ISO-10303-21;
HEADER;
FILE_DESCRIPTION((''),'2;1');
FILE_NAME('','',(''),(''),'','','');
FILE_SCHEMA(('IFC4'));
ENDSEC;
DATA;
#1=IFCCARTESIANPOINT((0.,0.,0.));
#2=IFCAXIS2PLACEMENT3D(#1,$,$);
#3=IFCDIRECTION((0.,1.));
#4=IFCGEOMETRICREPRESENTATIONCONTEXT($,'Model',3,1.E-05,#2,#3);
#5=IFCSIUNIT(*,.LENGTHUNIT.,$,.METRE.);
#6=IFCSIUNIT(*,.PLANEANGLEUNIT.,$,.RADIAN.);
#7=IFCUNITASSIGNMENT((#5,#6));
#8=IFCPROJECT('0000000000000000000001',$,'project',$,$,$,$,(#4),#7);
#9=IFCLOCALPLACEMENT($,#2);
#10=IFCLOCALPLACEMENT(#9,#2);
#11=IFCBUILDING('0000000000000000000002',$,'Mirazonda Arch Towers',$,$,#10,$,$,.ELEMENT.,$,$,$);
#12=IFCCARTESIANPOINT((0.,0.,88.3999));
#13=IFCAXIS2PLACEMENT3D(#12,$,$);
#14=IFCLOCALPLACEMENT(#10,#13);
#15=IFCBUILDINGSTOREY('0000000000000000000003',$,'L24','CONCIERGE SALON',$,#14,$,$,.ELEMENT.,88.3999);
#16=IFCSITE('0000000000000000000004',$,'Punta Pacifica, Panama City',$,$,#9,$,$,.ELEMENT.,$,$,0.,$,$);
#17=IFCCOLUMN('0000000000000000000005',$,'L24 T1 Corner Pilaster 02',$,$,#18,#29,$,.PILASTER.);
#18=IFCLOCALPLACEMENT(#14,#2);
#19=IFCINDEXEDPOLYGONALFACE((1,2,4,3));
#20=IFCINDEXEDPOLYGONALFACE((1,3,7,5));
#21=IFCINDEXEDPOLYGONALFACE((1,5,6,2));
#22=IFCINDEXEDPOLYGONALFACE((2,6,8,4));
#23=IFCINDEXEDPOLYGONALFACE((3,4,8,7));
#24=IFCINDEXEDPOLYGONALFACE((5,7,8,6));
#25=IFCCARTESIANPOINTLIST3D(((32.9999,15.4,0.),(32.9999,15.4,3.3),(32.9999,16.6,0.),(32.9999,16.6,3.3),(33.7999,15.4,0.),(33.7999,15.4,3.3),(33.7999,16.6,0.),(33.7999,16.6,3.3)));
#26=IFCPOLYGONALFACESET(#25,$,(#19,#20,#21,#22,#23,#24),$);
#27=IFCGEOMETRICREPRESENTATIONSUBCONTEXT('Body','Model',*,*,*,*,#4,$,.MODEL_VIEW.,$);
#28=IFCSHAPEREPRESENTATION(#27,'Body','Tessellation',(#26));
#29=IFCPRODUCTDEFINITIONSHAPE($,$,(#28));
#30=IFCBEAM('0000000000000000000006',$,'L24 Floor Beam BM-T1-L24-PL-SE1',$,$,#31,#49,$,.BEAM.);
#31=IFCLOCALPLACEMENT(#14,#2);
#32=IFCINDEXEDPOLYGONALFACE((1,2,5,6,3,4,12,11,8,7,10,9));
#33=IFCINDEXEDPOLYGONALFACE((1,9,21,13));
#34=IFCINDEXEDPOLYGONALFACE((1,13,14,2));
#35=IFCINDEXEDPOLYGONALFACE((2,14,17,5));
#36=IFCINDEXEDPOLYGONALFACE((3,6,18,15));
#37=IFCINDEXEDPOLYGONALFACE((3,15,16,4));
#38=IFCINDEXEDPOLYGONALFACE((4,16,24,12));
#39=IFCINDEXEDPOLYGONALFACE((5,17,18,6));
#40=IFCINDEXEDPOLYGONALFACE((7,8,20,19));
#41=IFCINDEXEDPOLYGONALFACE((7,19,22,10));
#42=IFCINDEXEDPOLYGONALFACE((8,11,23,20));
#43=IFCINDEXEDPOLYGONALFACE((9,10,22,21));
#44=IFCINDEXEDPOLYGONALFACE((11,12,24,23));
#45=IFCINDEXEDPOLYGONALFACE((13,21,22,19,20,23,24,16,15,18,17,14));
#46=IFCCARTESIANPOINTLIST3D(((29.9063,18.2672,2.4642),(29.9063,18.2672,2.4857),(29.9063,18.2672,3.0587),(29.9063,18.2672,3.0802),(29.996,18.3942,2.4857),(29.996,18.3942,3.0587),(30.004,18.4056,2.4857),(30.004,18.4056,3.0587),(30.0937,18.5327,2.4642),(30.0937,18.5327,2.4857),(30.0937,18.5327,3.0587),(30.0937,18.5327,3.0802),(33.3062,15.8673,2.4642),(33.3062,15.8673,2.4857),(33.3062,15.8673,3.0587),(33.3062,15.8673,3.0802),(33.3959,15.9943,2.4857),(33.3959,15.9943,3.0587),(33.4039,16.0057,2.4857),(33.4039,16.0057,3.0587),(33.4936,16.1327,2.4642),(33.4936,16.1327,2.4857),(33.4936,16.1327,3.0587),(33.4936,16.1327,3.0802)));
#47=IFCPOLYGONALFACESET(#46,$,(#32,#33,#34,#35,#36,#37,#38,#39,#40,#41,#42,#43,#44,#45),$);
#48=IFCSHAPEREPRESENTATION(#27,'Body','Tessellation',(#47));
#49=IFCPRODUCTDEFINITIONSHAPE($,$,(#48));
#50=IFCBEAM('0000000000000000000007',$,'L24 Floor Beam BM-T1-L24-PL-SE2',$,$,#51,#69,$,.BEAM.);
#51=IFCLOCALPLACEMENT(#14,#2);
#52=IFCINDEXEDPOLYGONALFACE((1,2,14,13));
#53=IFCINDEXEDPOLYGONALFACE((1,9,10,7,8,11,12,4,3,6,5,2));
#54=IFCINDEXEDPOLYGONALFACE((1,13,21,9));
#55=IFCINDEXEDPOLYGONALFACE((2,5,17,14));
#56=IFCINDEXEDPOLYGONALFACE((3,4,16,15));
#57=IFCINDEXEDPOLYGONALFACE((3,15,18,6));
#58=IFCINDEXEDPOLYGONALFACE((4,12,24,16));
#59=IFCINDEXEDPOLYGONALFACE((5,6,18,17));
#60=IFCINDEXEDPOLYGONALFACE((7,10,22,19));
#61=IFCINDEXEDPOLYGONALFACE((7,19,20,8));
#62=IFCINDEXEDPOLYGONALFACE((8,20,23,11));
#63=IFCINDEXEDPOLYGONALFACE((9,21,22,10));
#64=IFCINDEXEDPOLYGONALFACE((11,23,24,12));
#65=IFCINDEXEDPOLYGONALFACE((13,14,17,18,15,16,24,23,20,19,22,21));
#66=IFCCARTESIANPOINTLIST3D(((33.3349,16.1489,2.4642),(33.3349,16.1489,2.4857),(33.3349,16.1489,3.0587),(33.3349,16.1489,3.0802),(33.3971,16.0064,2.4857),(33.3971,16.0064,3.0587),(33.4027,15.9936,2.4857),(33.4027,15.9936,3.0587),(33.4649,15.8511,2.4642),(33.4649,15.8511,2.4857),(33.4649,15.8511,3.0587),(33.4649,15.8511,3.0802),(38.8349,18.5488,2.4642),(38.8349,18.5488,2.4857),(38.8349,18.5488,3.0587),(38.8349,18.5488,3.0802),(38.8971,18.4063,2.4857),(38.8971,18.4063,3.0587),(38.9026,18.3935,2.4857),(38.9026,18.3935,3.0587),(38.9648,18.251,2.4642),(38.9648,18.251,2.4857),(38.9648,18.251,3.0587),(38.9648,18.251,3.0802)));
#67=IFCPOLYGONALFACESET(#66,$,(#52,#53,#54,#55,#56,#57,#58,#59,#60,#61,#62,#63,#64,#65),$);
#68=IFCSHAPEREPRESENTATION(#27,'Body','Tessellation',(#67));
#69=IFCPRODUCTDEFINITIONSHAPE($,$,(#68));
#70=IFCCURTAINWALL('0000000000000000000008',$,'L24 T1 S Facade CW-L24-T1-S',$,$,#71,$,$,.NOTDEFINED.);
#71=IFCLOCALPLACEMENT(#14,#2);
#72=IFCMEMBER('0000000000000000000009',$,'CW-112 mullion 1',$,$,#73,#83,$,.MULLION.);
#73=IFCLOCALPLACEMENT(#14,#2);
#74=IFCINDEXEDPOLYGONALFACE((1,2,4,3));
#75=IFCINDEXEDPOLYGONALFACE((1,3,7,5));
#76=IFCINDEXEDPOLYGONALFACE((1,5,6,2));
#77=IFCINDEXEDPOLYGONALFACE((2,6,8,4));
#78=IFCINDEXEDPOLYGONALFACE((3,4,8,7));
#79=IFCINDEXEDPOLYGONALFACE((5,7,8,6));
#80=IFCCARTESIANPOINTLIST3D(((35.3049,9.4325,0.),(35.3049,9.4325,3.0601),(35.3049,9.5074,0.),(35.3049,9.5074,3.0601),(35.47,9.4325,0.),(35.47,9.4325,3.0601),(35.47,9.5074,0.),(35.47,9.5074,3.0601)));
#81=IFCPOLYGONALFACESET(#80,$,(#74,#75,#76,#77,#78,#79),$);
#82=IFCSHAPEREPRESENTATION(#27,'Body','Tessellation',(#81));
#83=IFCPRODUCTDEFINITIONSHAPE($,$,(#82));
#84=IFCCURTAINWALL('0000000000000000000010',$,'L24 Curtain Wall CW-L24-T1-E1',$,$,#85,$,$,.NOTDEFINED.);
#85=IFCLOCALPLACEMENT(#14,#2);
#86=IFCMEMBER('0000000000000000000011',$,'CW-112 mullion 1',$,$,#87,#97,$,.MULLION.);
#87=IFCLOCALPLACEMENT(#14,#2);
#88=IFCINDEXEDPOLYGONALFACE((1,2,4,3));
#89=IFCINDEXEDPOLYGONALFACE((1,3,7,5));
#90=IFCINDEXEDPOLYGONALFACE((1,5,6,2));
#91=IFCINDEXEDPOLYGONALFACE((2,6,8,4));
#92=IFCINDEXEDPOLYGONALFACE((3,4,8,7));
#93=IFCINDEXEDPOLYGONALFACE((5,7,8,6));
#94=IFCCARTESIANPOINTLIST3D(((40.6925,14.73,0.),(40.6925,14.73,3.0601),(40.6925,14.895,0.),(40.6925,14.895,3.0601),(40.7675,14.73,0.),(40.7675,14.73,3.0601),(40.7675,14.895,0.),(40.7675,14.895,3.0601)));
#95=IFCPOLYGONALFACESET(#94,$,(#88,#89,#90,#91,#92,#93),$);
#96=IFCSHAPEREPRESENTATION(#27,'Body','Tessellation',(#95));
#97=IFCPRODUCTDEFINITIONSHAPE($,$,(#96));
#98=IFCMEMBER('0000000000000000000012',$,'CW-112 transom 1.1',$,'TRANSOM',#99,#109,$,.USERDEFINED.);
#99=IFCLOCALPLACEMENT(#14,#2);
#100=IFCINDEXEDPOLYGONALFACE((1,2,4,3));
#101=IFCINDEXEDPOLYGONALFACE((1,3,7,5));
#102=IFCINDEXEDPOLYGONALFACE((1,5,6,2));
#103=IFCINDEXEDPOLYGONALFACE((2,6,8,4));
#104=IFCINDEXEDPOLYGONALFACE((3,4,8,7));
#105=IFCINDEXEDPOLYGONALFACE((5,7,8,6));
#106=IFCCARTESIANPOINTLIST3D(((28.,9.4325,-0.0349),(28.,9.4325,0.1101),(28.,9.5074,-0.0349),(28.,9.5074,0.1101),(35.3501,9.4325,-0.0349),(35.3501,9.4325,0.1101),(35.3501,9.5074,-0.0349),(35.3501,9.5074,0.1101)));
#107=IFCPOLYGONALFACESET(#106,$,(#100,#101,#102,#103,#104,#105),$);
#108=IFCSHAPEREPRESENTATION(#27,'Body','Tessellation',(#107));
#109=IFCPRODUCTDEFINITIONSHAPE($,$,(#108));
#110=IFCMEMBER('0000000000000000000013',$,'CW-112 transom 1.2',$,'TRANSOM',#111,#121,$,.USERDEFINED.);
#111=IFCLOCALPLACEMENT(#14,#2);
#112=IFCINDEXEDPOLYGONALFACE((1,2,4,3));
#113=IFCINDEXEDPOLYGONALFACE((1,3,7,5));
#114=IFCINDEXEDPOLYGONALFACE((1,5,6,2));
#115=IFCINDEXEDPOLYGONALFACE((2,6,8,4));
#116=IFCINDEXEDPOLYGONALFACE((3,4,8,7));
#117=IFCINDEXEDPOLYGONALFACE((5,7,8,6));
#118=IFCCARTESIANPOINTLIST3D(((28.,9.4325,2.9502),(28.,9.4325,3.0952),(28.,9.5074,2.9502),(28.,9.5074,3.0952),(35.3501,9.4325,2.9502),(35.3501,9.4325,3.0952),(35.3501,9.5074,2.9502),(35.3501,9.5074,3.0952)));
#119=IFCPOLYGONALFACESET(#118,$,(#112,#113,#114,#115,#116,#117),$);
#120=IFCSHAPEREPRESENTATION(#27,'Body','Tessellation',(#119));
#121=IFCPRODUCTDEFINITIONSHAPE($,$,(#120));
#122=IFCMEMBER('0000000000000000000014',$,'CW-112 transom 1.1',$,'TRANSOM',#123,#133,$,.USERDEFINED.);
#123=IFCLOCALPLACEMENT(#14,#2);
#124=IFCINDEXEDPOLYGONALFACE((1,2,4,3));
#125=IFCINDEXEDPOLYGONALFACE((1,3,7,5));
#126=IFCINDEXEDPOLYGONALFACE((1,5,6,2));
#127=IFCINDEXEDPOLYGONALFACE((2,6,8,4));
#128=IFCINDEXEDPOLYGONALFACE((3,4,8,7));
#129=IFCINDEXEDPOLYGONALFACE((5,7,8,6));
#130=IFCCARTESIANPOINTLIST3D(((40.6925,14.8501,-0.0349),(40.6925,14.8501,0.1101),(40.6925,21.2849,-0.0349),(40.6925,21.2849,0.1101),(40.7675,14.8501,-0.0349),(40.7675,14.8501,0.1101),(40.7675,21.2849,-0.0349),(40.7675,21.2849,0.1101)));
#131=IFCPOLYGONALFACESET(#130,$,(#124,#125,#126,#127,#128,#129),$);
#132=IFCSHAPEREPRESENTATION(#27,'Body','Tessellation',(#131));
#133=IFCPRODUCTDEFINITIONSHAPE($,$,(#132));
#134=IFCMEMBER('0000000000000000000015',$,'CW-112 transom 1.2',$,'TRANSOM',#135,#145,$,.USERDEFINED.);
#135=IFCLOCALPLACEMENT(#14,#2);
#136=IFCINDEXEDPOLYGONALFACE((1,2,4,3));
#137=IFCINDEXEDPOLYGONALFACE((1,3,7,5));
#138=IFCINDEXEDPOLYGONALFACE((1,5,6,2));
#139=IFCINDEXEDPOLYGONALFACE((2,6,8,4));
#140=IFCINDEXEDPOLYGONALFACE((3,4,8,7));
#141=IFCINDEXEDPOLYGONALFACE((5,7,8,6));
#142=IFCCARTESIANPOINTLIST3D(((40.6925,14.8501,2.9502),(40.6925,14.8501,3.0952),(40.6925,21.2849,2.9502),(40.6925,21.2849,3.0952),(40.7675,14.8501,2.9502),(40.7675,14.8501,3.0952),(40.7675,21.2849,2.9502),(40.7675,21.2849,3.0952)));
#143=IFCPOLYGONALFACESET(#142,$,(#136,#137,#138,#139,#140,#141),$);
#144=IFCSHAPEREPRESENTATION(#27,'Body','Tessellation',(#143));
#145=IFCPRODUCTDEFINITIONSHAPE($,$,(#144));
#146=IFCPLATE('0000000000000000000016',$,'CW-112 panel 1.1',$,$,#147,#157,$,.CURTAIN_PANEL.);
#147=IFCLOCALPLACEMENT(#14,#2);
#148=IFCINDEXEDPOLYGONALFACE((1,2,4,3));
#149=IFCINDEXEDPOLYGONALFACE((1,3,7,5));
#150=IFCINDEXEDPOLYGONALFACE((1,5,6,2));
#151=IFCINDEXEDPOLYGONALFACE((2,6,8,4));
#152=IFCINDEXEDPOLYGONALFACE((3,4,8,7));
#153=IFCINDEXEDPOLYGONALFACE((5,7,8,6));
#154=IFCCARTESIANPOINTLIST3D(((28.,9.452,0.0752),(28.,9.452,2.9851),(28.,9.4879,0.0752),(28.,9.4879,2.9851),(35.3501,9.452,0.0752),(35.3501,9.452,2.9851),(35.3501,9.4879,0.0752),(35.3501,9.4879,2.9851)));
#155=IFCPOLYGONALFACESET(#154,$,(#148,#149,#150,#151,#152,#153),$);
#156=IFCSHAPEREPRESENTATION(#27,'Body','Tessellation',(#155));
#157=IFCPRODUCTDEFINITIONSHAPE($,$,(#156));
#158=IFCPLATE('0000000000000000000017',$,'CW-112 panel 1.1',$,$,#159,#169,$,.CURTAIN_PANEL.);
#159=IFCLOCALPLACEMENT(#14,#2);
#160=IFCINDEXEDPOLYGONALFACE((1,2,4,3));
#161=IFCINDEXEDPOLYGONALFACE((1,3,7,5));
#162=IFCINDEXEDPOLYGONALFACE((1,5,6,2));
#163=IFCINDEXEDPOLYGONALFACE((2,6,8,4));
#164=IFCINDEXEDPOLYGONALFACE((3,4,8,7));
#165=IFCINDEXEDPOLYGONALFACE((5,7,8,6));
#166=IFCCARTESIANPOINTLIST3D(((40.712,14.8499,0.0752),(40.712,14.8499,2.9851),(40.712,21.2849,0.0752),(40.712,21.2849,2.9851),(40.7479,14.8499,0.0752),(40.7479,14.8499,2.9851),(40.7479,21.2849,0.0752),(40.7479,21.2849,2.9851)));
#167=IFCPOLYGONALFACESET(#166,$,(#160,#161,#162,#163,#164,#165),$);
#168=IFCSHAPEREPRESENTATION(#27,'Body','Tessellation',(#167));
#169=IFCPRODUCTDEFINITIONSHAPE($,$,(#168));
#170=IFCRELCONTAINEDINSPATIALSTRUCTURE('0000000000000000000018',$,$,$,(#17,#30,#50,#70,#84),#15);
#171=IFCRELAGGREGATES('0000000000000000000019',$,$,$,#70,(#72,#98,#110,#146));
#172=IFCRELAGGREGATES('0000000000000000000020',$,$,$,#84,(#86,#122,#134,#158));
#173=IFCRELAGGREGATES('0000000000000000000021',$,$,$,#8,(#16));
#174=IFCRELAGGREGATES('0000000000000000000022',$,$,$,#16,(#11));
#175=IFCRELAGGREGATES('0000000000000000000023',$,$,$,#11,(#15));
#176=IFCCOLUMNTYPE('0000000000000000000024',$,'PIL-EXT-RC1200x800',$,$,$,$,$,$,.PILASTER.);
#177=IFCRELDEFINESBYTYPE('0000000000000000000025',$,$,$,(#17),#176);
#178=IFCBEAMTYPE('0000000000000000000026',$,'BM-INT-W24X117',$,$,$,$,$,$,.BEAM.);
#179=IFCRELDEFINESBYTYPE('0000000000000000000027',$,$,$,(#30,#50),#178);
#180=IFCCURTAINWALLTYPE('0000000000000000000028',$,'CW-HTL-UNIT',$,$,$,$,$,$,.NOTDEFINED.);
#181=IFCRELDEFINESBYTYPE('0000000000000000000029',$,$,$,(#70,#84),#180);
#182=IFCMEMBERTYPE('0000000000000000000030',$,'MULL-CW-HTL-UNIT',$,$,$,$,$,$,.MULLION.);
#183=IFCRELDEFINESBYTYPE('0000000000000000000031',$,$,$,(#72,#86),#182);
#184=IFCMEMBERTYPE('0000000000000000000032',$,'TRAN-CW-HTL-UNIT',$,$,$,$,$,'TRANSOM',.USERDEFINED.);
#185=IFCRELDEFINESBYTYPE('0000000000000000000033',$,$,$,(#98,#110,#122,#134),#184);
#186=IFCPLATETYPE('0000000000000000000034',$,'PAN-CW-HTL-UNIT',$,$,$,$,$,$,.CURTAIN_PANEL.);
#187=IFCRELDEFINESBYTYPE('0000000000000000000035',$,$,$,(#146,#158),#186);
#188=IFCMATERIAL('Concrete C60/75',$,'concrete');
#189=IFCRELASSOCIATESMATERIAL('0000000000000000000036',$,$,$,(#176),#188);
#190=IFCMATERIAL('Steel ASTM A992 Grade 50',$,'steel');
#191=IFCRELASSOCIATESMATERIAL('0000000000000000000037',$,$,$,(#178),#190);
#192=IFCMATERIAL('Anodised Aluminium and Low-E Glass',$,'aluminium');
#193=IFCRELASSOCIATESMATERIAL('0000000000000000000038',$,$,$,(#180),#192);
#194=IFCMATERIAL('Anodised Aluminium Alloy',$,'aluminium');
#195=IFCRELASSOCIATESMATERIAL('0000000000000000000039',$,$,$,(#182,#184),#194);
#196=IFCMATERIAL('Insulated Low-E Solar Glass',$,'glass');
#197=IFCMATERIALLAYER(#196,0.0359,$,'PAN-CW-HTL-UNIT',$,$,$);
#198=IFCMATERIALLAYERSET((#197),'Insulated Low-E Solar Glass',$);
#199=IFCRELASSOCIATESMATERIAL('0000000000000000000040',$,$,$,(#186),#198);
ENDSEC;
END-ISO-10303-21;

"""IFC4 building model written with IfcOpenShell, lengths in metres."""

from ifc_helpers import new_model, si_unit, direction, frame, origin, origin_2d, place, context, subcontext, project, spatial, rectangle, i_section, extrude, material, layer, layer_set, material_profile, profile_set, type_object, element, aggregate, save


model = new_model("IFC4")

# Units and contexts
model_context = context("Model", 3, precision=1e-05, world=origin(), true_north=direction((0.0, 1.0)))
body_context = subcontext(model_context, "Body", "Model", "MODEL_VIEW")
ifc_project = project(units=[si_unit("LENGTHUNIT", "METRE"), si_unit("PLANEANGLEUNIT", "RADIAN")], contexts=[model_context])

# Site, building, storey
site_placement = place(None, origin())
site = spatial("IfcSite", under=ifc_project, at=site_placement, Name="Punta Pacifica, Panama City", CompositionType="ELEMENT", RefElevation=0.0)
building_placement = place(site_placement, origin())
building = spatial("IfcBuilding", under=site, at=building_placement, Name="Mirazonda Arch Towers", CompositionType="ELEMENT")
storey_placement = place(building_placement, frame((0.0, 0.0, 88.3999)))
storey = spatial("IfcBuildingStorey", under=building, at=storey_placement, Name="L24", Description="CONCIERGE SALON", CompositionType="ELEMENT", Elevation=88.3999)

# Column
ifc_material_1 = material(Name="Concrete C60/75", Category="concrete")
ifc_material_profile_1 = material_profile(ifc_material_1, rectangle(XDim=0.8, YDim=1.2, at=origin_2d()), Name="RC1200x800")
ifc_profile_set_1 = profile_set([ifc_material_profile_1], Name="Concrete C60/75")
column_type = type_object("IfcColumnType", Name="PIL-EXT-RC1200x800", PredefinedType="PILASTER", material=ifc_profile_set_1)
column_placement = place(storey_placement, frame((33.3999, 16.0, 0.0), z_axis=(0.0, 0.0, 1.0), x_axis=(1.0, 0.0, 0.0)))
element("IfcColumn", 1, at=column_placement, inside=storey, type_object=column_type, Name="L24 T1 Corner Pilaster 02", PredefinedType="PILASTER", context=body_context, shape_type="SweptSolid", body=[
    extrude(rectangle(XDim=0.8, YDim=1.2, at=origin_2d()), origin(), (0.0, 0.0, 1.0), 3.3),
])

# Beams
ifc_material_2 = material(Name="Steel ASTM A992 Grade 50", Category="steel")
ifc_material_profile_2 = material_profile(ifc_material_2, i_section(OverallWidth=0.325, OverallDepth=0.616, WebThickness=0.0139, FlangeThickness=0.0215, at=origin_2d()), Name="W24X117")
ifc_profile_set_2 = profile_set([ifc_material_profile_2], Name="Steel ASTM A992 Grade 50")
beam_type = type_object("IfcBeamType", Name="BM-INT-W24X117", PredefinedType="BEAM", material=ifc_profile_set_2)
beam_1_placement = place(storey_placement, frame((33.3999, 16.0, 2.7722), z_axis=(-0.816971, 0.576679, 0.0), x_axis=(-0.576679, -0.816971, 0.0)))
element("IfcBeam", 2, at=beam_1_placement, inside=storey, type_object=beam_type, Name="L24 Floor Beam BM-T1-L24-PL-SE1", PredefinedType="BEAM", context=body_context, shape_type="SweptSolid", body=[
    extrude(i_section(OverallWidth=0.325, OverallDepth=0.616, WebThickness=0.0139, FlangeThickness=0.0215, at=origin_2d()), origin(), (0.0, 0.0, 1.0), 4.1616),
])
beam_2_placement = place(storey_placement, frame((33.3999, 16.0, 2.7722), z_axis=(0.916545, 0.399931, 0.0), x_axis=(-0.399931, 0.916545, 0.0)))
element("IfcBeam", 3, at=beam_2_placement, inside=storey, type_object=beam_type, Name="L24 Floor Beam BM-T1-L24-PL-SE2", PredefinedType="BEAM", context=body_context, shape_type="SweptSolid", body=[
    extrude(i_section(OverallWidth=0.325, OverallDepth=0.616, WebThickness=0.0139, FlangeThickness=0.0215, at=origin_2d()), origin(), (0.0, 0.0, 1.0), 6.0007),
])

# Curtain walls, members
ifc_material_3 = material(Name="Anodised Aluminium and Low-E Glass", Category="aluminium")
curtain_wall_type = type_object("IfcCurtainWallType", Name="CW-HTL-UNIT", PredefinedType="NOTDEFINED", material=ifc_material_3)
curtain_wall_1_placement = place(storey_placement, origin())
curtain_wall_1 = element("IfcCurtainWall", 4, at=curtain_wall_1_placement, inside=storey, type_object=curtain_wall_type, Name="L24 T1 S Facade CW-L24-T1-S", PredefinedType="NOTDEFINED")
ifc_material_4 = material(Name="Anodised Aluminium Alloy", Category="aluminium")
ifc_material_profile_3 = material_profile(ifc_material_4, rectangle(XDim=0.075, YDim=0.165, at=origin_2d()), Name="ALU-MULL-75x165")
ifc_profile_set_3 = profile_set([ifc_material_profile_3], Name="Anodised Aluminium Alloy")
member_type_1 = type_object("IfcMemberType", Name="MULL-CW-HTL-UNIT", PredefinedType="MULLION", material=ifc_profile_set_3)
member_1_placement = place(storey_placement, frame((35.3875, 9.47, 0.0), z_axis=(0.0, 0.0, 1.0), x_axis=(0.0, -1.0, 0.0)))
member_1 = element("IfcMember", 5, at=member_1_placement, type_object=member_type_1, Name="CW-112 mullion 1", PredefinedType="MULLION", context=body_context, shape_type="SweptSolid", body=[
    extrude(rectangle(XDim=0.075, YDim=0.165, at=origin_2d()), origin(), (0.0, 0.0, 1.0), 3.0601),
])
curtain_wall_2_placement = place(storey_placement, origin())
curtain_wall_2 = element("IfcCurtainWall", 6, at=curtain_wall_2_placement, inside=storey, type_object=curtain_wall_type, Name="L24 Curtain Wall CW-L24-T1-E1", PredefinedType="NOTDEFINED")
member_2_placement = place(storey_placement, frame((40.73, 14.8125, 0.0), z_axis=(0.0, 0.0, 1.0), x_axis=(-1.0, 0.0, 0.0)))
member_2 = element("IfcMember", 7, at=member_2_placement, type_object=member_type_1, Name="CW-112 mullion 1", PredefinedType="MULLION", context=body_context, shape_type="SweptSolid", body=[
    extrude(rectangle(XDim=0.075, YDim=0.165, at=origin_2d()), origin(), (0.0, 0.0, 1.0), 3.0601),
])

# Members
ifc_material_profile_4 = material_profile(ifc_material_4, rectangle(XDim=0.075, YDim=0.145, at=origin_2d()), Name="ALU-TRAN-75x145")
ifc_profile_set_4 = profile_set([ifc_material_profile_4], Name="Anodised Aluminium Alloy")
member_type_2 = type_object("IfcMemberType", Name="TRAN-CW-HTL-UNIT", ElementType="TRANSOM", PredefinedType="USERDEFINED", material=ifc_profile_set_4)
member_3_placement = place(storey_placement, frame((35.3501, 9.47, 0.0376), z_axis=(-1.0, 0.0, 0.0), x_axis=(0.0, -1.0, 0.0)))
member_3 = element("IfcMember", 8, at=member_3_placement, type_object=member_type_2, Name="CW-112 transom 1.1", ObjectType="TRANSOM", PredefinedType="USERDEFINED", context=body_context, shape_type="SweptSolid", body=[
    extrude(rectangle(XDim=0.075, YDim=0.145, at=origin_2d()), origin(), (0.0, 0.0, 1.0), 7.3501),
])
member_4_placement = place(storey_placement, frame((35.3501, 9.47, 3.0227), z_axis=(-1.0, 0.0, 0.0), x_axis=(0.0, -1.0, 0.0)))
member_4 = element("IfcMember", 9, at=member_4_placement, type_object=member_type_2, Name="CW-112 transom 1.2", ObjectType="TRANSOM", PredefinedType="USERDEFINED", context=body_context, shape_type="SweptSolid", body=[
    extrude(rectangle(XDim=0.075, YDim=0.145, at=origin_2d()), origin(), (0.0, 0.0, 1.0), 7.3501),
])
member_5_placement = place(storey_placement, frame((40.73, 14.8501, 0.0376), z_axis=(0.0, 1.0, 0.0), x_axis=(-1.0, 0.0, 0.0)))
member_5 = element("IfcMember", 10, at=member_5_placement, type_object=member_type_2, Name="CW-112 transom 1.1", ObjectType="TRANSOM", PredefinedType="USERDEFINED", context=body_context, shape_type="SweptSolid", body=[
    extrude(rectangle(XDim=0.075, YDim=0.145, at=origin_2d()), origin(), (0.0, 0.0, 1.0), 6.4348),
])
member_6_placement = place(storey_placement, frame((40.73, 14.8501, 3.0227), z_axis=(0.0, 1.0, 0.0), x_axis=(-1.0, 0.0, 0.0)))
member_6 = element("IfcMember", 11, at=member_6_placement, type_object=member_type_2, Name="CW-112 transom 1.2", ObjectType="TRANSOM", PredefinedType="USERDEFINED", context=body_context, shape_type="SweptSolid", body=[
    extrude(rectangle(XDim=0.075, YDim=0.145, at=origin_2d()), origin(), (0.0, 0.0, 1.0), 6.4348),
])

# Plates
ifc_material_5 = material(Name="Insulated Low-E Solar Glass", Category="glass")
ifc_layer_1 = layer(ifc_material_5, 0.0359, Name="PAN-CW-HTL-UNIT")
ifc_layer_set_1 = layer_set([ifc_layer_1], Name="Insulated Low-E Solar Glass")
plate_type = type_object("IfcPlateType", Name="PAN-CW-HTL-UNIT", PredefinedType="CURTAIN_PANEL", material=ifc_layer_set_1)
plate_1_placement = place(storey_placement, frame((31.675, 9.47, 0.0752), z_axis=(0.0, 0.0, 1.0), x_axis=(-1.0, 0.0, 0.0)))
plate_1 = element("IfcPlate", 12, at=plate_1_placement, type_object=plate_type, Name="CW-112 panel 1.1", PredefinedType="CURTAIN_PANEL", context=body_context, shape_type="SweptSolid", body=[
    extrude(rectangle(XDim=7.3501, YDim=0.0359, at=origin_2d()), origin(), (0.0, 0.0, 1.0), 2.9099),
])
aggregate(curtain_wall_1, [member_1, member_3, member_4, plate_1])
plate_2_placement = place(storey_placement, frame((40.73, 18.0674, 0.0752), z_axis=(0.0, 0.0, 1.0), x_axis=(0.0, 1.0, 0.0)))
plate_2 = element("IfcPlate", 13, at=plate_2_placement, type_object=plate_type, Name="CW-112 panel 1.1", PredefinedType="CURTAIN_PANEL", context=body_context, shape_type="SweptSolid", body=[
    extrude(rectangle(XDim=6.4351, YDim=0.0359, at=origin_2d()), origin(), (0.0, 0.0, 1.0), 2.9099),
])
aggregate(curtain_wall_2, [member_2, member_5, member_6, plate_2])

save(model, "model.ifc")
